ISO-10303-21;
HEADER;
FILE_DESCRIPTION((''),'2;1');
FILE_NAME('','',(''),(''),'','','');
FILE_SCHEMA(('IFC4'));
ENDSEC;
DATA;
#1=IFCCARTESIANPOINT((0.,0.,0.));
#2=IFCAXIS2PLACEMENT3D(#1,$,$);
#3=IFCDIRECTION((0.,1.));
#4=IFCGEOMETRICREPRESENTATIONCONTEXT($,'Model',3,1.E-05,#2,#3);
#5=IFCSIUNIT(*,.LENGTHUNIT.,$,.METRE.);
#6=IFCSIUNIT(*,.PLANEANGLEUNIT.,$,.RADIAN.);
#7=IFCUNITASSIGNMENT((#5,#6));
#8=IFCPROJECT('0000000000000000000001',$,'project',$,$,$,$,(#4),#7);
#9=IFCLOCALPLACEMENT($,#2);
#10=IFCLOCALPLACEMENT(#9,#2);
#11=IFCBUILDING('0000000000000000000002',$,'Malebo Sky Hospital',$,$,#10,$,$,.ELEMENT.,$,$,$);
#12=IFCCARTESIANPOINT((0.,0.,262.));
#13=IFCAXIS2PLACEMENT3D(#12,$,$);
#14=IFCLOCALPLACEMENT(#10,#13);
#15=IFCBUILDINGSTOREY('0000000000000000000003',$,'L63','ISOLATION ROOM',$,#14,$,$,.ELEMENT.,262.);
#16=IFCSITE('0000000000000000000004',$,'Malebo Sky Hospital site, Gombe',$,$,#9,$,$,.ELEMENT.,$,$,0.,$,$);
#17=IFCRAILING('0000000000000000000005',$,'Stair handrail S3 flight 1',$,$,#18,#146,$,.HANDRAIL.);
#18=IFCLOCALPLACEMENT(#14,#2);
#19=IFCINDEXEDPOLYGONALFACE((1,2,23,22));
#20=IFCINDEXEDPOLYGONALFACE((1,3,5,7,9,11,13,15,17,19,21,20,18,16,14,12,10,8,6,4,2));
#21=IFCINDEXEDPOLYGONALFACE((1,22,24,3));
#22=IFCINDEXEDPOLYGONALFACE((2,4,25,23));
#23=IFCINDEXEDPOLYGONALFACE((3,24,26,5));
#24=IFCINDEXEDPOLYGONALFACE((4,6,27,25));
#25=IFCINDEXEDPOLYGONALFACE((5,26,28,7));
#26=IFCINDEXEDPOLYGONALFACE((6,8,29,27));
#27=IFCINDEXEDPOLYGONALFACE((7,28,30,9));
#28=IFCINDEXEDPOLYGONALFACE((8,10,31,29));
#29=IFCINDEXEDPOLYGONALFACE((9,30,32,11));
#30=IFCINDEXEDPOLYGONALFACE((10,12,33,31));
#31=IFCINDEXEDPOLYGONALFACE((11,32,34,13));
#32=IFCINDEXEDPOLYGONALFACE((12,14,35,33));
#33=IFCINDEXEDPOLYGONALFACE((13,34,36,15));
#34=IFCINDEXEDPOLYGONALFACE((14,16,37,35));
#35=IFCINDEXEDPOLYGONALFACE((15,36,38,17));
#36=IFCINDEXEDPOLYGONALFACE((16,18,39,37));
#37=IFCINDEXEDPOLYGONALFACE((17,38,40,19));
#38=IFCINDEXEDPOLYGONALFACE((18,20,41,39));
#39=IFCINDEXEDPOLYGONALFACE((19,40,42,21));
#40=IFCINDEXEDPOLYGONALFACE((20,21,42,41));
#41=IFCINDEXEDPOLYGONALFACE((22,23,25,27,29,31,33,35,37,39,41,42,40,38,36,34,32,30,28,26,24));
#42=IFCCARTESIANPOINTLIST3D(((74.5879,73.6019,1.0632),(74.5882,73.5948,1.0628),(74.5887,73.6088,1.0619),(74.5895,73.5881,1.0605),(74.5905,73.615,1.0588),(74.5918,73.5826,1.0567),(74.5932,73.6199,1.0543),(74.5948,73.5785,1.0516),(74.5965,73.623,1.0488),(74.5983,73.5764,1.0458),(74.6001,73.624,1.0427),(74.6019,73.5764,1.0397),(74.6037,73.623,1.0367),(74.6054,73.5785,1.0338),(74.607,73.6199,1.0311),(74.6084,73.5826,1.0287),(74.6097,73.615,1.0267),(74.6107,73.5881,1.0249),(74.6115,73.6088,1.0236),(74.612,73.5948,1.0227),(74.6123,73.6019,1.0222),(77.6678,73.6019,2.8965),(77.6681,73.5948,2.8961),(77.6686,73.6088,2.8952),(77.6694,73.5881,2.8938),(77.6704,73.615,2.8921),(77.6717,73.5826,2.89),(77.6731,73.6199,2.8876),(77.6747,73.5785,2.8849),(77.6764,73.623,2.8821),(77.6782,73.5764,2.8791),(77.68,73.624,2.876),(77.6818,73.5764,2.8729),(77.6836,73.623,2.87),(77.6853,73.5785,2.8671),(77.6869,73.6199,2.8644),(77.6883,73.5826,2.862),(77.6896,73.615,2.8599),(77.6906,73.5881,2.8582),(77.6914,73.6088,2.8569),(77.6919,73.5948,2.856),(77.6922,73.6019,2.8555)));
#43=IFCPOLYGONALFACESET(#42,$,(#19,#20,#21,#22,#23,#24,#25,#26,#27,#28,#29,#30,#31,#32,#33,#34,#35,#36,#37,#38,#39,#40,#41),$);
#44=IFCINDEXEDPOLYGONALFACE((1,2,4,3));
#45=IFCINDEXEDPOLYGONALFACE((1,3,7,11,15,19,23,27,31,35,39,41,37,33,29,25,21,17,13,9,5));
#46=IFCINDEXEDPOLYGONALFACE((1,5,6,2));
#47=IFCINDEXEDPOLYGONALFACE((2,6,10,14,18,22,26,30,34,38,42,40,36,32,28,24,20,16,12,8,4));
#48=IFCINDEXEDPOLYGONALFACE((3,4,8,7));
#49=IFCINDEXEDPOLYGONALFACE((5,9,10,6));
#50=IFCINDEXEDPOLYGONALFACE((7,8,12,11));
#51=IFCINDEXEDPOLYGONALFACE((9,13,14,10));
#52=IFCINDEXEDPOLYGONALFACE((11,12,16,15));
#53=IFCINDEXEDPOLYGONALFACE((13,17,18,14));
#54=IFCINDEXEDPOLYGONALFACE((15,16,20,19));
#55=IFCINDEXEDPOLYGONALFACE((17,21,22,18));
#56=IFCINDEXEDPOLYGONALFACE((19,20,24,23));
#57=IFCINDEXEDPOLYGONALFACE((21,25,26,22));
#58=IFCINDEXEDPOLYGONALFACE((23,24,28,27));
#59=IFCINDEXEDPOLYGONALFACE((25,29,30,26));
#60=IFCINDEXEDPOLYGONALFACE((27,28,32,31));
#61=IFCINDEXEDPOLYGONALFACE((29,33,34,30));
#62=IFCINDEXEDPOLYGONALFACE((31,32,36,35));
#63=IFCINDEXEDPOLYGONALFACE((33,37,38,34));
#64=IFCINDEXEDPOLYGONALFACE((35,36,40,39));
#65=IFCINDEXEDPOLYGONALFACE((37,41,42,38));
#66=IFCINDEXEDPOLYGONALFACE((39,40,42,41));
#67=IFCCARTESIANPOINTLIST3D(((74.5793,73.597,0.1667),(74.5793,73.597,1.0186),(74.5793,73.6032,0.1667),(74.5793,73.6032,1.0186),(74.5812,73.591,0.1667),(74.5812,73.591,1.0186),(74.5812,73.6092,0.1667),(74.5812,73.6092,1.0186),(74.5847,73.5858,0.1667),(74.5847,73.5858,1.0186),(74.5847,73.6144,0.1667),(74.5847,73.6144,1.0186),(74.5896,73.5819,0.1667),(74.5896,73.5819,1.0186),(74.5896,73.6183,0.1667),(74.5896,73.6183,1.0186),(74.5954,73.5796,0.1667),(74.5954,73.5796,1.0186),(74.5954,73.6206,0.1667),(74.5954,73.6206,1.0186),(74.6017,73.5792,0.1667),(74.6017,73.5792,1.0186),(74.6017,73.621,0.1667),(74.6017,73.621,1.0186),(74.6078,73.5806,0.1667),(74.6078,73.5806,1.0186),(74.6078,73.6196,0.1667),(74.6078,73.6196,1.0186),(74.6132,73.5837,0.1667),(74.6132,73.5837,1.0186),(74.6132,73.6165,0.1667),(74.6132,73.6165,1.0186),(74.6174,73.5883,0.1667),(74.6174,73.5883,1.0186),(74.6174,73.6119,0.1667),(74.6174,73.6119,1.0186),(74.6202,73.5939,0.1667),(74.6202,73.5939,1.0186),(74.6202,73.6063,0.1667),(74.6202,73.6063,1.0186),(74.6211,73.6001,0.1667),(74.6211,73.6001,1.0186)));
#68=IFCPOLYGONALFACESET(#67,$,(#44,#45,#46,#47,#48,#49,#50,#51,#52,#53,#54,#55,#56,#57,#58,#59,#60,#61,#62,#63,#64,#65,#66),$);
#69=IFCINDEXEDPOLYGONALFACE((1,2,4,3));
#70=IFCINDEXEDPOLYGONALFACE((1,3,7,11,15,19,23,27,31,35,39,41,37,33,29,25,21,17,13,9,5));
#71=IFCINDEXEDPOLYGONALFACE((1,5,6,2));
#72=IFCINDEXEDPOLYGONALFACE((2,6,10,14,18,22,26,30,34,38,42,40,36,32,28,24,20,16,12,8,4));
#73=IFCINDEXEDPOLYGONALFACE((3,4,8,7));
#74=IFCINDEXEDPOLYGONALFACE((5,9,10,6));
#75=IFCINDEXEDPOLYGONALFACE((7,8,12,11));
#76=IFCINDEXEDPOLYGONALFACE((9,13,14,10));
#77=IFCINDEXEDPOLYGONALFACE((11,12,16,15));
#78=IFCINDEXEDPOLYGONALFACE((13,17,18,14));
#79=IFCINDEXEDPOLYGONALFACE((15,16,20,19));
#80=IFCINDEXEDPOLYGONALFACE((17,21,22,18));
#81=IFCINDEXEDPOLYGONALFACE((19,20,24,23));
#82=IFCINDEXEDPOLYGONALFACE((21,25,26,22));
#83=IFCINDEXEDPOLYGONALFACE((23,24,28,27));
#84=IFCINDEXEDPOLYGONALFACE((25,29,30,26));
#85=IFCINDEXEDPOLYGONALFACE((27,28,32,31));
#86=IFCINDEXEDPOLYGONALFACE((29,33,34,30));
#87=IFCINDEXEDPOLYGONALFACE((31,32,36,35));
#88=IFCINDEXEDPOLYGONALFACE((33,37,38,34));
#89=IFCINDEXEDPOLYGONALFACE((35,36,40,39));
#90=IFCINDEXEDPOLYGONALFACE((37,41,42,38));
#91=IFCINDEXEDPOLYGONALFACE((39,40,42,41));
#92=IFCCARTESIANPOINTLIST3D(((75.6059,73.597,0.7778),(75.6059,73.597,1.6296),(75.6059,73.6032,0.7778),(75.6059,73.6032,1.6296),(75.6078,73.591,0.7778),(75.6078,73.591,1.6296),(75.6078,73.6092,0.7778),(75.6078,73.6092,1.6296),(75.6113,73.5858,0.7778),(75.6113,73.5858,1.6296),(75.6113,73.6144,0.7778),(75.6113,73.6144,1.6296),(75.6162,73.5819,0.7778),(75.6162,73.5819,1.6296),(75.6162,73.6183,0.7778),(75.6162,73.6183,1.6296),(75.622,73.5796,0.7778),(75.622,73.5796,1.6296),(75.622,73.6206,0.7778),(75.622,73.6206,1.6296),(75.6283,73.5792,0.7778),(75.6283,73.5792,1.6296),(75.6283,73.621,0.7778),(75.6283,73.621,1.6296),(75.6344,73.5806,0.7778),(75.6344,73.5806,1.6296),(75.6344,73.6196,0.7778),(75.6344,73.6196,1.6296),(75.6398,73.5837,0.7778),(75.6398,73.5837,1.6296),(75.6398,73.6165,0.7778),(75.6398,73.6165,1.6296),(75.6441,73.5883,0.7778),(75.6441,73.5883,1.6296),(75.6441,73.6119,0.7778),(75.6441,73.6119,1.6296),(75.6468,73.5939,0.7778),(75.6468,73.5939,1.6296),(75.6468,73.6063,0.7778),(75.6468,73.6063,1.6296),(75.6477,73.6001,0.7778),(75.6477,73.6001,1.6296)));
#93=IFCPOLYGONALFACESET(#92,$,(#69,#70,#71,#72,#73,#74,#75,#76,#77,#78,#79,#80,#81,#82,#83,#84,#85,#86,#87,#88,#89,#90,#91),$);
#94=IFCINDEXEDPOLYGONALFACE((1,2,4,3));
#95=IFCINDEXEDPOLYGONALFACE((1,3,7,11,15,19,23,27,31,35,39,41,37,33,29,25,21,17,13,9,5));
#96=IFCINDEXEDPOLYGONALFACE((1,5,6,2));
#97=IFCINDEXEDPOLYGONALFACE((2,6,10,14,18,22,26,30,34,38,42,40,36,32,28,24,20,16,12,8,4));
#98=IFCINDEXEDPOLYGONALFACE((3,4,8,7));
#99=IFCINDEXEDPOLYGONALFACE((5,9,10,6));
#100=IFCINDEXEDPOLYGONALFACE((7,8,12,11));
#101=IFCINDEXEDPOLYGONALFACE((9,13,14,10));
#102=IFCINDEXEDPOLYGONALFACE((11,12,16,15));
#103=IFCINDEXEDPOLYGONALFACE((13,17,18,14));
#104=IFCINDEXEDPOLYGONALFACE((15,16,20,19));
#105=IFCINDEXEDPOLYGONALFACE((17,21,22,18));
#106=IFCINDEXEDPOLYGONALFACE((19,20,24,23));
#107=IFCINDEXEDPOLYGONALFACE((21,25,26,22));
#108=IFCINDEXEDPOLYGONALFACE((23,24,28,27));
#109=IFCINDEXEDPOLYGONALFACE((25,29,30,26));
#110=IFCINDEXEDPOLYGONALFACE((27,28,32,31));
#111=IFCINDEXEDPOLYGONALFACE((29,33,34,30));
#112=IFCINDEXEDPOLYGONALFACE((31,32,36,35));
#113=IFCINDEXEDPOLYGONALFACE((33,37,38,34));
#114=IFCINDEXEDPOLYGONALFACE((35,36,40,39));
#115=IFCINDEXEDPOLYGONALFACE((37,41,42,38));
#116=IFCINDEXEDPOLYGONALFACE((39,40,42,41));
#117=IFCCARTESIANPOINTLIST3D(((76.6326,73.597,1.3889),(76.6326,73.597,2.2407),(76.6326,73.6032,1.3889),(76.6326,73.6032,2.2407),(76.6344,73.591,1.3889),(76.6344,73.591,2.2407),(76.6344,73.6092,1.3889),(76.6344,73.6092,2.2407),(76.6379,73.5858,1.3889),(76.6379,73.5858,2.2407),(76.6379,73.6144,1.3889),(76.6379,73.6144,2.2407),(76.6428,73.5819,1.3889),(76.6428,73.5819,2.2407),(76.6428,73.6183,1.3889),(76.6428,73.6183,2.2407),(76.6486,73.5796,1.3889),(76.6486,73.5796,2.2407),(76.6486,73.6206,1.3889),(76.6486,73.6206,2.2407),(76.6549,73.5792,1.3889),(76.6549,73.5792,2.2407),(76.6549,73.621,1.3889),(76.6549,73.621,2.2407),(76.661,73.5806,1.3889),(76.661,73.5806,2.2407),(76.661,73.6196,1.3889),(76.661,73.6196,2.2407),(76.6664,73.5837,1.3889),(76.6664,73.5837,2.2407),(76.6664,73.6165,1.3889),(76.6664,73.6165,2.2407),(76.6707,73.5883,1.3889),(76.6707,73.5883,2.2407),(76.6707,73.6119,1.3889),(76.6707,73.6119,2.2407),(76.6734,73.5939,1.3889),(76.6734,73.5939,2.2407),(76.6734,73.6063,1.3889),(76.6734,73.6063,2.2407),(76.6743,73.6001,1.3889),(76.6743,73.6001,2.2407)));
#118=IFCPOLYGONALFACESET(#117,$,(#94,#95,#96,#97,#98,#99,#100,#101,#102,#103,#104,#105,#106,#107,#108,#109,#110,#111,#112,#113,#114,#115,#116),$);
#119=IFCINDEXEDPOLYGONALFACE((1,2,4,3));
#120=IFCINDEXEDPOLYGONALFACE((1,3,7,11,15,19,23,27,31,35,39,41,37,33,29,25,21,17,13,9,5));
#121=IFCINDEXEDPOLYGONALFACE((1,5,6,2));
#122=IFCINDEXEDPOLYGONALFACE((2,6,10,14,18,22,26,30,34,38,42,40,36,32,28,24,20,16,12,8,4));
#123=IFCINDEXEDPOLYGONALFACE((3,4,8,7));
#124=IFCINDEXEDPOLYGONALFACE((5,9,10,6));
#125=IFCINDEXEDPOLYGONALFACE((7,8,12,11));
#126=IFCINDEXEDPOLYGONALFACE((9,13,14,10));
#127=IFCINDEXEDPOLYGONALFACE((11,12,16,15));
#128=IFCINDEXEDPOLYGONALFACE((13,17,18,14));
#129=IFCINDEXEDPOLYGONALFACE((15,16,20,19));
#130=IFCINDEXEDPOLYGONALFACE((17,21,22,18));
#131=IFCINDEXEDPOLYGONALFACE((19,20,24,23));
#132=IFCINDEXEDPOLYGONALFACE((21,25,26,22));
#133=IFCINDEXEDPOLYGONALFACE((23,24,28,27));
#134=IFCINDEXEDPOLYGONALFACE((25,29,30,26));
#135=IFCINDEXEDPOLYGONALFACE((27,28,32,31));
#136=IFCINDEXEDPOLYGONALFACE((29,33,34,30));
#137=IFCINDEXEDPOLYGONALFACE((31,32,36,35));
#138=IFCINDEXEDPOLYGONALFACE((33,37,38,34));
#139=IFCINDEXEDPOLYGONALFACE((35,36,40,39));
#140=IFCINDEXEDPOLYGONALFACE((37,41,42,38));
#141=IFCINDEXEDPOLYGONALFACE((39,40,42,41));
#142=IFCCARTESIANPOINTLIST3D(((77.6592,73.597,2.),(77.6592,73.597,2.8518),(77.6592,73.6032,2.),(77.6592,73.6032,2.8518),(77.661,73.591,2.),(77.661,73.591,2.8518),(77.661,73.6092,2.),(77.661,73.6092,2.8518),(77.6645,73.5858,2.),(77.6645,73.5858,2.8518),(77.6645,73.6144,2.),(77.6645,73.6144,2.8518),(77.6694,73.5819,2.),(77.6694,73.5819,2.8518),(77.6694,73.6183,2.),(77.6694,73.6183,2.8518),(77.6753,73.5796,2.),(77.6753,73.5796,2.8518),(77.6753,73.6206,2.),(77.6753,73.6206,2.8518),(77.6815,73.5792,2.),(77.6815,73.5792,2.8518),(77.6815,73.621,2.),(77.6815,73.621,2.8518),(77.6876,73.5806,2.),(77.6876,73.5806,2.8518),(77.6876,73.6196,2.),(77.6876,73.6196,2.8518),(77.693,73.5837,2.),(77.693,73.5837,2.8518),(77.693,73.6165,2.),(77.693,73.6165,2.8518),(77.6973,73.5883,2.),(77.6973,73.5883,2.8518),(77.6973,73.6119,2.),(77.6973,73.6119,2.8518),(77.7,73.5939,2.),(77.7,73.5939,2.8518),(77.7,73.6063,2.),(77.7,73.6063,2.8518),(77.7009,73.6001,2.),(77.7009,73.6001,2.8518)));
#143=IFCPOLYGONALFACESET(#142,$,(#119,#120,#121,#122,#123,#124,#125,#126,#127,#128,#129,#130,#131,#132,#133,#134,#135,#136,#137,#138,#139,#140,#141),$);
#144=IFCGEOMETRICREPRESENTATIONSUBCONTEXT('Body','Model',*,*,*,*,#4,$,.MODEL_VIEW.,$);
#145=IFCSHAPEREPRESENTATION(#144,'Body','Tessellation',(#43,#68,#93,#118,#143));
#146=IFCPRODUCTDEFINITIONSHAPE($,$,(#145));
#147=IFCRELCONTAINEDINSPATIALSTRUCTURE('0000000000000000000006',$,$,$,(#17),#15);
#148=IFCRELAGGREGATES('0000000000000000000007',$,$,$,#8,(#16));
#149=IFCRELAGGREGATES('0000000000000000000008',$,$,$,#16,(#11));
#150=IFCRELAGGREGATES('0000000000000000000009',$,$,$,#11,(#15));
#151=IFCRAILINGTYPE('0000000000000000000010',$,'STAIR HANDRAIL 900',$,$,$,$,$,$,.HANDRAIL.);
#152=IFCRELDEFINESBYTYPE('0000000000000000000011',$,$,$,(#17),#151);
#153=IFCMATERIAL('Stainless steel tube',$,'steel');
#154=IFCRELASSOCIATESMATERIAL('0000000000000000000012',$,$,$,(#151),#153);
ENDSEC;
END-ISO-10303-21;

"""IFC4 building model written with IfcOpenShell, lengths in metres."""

from ifc_helpers import new_model, si_unit, direction, frame, origin, origin_2d, place, context, subcontext, project, spatial, circle, extrude, material, type_object, element, save


model = new_model("IFC4")

# Units and contexts
model_context = context("Model", 3, precision=1e-05, world=origin(), true_north=direction((0.0, 1.0)))
body_context = subcontext(model_context, "Body", "Model", "MODEL_VIEW")
ifc_project = project(units=[si_unit("LENGTHUNIT", "METRE"), si_unit("PLANEANGLEUNIT", "RADIAN")], contexts=[model_context])

# Site, building, storey
site_placement = place(None, origin())
site = spatial("IfcSite", under=ifc_project, at=site_placement, Name="Malebo Sky Hospital site, Gombe", CompositionType="ELEMENT", RefElevation=0.0)
building_placement = place(site_placement, origin())
building = spatial("IfcBuilding", under=site, at=building_placement, Name="Malebo Sky Hospital", CompositionType="ELEMENT")
storey_placement = place(building_placement, frame((0.0, 0.0, 262.0)))
storey = spatial("IfcBuildingStorey", under=building, at=storey_placement, Name="L63", Description="ISOLATION ROOM", CompositionType="ELEMENT", Elevation=262.0)

# Railing
ifc_material_1 = material(Name="Stainless steel tube", Category="steel")
railing_type_1 = type_object("IfcRailingType", Name="STAIR HANDRAIL 900", PredefinedType="HANDRAIL", material=ifc_material_1)
railing_1_placement = place(storey_placement, frame((74.6001, 73.6001, 0.1667)))
element("IfcRailing", 1, at=railing_1_placement, inside=storey, type_object=railing_type_1, Name="Stair handrail S3 flight 1", PredefinedType="HANDRAIL", context=body_context, shape_type="SweptSolid", body=[
    extrude(circle(Radius=0.0239, at=origin_2d()), frame((0.0, 0.0, 0.876), z_axis=(0.859291, 0.0, 0.511487), x_axis=(0.0, 1.0, 0.0)), (0.0, 0.0, 1.0), 3.5842),
    extrude(circle(Radius=0.021, at=origin_2d()), origin(), (0.0, 0.0, 1.0), 0.8518),
    extrude(circle(Radius=0.021, at=origin_2d()), frame((1.0266, 0.0, 0.6111)), (0.0, 0.0, 1.0), 0.8518),
    extrude(circle(Radius=0.021, at=origin_2d()), frame((2.0532, 0.0, 1.2222)), (0.0, 0.0, 1.0), 0.8518),
    extrude(circle(Radius=0.021, at=origin_2d()), frame((3.0798, 0.0, 1.8333)), (0.0, 0.0, 1.0), 0.8518),
])

save(model, "model.ifc")
